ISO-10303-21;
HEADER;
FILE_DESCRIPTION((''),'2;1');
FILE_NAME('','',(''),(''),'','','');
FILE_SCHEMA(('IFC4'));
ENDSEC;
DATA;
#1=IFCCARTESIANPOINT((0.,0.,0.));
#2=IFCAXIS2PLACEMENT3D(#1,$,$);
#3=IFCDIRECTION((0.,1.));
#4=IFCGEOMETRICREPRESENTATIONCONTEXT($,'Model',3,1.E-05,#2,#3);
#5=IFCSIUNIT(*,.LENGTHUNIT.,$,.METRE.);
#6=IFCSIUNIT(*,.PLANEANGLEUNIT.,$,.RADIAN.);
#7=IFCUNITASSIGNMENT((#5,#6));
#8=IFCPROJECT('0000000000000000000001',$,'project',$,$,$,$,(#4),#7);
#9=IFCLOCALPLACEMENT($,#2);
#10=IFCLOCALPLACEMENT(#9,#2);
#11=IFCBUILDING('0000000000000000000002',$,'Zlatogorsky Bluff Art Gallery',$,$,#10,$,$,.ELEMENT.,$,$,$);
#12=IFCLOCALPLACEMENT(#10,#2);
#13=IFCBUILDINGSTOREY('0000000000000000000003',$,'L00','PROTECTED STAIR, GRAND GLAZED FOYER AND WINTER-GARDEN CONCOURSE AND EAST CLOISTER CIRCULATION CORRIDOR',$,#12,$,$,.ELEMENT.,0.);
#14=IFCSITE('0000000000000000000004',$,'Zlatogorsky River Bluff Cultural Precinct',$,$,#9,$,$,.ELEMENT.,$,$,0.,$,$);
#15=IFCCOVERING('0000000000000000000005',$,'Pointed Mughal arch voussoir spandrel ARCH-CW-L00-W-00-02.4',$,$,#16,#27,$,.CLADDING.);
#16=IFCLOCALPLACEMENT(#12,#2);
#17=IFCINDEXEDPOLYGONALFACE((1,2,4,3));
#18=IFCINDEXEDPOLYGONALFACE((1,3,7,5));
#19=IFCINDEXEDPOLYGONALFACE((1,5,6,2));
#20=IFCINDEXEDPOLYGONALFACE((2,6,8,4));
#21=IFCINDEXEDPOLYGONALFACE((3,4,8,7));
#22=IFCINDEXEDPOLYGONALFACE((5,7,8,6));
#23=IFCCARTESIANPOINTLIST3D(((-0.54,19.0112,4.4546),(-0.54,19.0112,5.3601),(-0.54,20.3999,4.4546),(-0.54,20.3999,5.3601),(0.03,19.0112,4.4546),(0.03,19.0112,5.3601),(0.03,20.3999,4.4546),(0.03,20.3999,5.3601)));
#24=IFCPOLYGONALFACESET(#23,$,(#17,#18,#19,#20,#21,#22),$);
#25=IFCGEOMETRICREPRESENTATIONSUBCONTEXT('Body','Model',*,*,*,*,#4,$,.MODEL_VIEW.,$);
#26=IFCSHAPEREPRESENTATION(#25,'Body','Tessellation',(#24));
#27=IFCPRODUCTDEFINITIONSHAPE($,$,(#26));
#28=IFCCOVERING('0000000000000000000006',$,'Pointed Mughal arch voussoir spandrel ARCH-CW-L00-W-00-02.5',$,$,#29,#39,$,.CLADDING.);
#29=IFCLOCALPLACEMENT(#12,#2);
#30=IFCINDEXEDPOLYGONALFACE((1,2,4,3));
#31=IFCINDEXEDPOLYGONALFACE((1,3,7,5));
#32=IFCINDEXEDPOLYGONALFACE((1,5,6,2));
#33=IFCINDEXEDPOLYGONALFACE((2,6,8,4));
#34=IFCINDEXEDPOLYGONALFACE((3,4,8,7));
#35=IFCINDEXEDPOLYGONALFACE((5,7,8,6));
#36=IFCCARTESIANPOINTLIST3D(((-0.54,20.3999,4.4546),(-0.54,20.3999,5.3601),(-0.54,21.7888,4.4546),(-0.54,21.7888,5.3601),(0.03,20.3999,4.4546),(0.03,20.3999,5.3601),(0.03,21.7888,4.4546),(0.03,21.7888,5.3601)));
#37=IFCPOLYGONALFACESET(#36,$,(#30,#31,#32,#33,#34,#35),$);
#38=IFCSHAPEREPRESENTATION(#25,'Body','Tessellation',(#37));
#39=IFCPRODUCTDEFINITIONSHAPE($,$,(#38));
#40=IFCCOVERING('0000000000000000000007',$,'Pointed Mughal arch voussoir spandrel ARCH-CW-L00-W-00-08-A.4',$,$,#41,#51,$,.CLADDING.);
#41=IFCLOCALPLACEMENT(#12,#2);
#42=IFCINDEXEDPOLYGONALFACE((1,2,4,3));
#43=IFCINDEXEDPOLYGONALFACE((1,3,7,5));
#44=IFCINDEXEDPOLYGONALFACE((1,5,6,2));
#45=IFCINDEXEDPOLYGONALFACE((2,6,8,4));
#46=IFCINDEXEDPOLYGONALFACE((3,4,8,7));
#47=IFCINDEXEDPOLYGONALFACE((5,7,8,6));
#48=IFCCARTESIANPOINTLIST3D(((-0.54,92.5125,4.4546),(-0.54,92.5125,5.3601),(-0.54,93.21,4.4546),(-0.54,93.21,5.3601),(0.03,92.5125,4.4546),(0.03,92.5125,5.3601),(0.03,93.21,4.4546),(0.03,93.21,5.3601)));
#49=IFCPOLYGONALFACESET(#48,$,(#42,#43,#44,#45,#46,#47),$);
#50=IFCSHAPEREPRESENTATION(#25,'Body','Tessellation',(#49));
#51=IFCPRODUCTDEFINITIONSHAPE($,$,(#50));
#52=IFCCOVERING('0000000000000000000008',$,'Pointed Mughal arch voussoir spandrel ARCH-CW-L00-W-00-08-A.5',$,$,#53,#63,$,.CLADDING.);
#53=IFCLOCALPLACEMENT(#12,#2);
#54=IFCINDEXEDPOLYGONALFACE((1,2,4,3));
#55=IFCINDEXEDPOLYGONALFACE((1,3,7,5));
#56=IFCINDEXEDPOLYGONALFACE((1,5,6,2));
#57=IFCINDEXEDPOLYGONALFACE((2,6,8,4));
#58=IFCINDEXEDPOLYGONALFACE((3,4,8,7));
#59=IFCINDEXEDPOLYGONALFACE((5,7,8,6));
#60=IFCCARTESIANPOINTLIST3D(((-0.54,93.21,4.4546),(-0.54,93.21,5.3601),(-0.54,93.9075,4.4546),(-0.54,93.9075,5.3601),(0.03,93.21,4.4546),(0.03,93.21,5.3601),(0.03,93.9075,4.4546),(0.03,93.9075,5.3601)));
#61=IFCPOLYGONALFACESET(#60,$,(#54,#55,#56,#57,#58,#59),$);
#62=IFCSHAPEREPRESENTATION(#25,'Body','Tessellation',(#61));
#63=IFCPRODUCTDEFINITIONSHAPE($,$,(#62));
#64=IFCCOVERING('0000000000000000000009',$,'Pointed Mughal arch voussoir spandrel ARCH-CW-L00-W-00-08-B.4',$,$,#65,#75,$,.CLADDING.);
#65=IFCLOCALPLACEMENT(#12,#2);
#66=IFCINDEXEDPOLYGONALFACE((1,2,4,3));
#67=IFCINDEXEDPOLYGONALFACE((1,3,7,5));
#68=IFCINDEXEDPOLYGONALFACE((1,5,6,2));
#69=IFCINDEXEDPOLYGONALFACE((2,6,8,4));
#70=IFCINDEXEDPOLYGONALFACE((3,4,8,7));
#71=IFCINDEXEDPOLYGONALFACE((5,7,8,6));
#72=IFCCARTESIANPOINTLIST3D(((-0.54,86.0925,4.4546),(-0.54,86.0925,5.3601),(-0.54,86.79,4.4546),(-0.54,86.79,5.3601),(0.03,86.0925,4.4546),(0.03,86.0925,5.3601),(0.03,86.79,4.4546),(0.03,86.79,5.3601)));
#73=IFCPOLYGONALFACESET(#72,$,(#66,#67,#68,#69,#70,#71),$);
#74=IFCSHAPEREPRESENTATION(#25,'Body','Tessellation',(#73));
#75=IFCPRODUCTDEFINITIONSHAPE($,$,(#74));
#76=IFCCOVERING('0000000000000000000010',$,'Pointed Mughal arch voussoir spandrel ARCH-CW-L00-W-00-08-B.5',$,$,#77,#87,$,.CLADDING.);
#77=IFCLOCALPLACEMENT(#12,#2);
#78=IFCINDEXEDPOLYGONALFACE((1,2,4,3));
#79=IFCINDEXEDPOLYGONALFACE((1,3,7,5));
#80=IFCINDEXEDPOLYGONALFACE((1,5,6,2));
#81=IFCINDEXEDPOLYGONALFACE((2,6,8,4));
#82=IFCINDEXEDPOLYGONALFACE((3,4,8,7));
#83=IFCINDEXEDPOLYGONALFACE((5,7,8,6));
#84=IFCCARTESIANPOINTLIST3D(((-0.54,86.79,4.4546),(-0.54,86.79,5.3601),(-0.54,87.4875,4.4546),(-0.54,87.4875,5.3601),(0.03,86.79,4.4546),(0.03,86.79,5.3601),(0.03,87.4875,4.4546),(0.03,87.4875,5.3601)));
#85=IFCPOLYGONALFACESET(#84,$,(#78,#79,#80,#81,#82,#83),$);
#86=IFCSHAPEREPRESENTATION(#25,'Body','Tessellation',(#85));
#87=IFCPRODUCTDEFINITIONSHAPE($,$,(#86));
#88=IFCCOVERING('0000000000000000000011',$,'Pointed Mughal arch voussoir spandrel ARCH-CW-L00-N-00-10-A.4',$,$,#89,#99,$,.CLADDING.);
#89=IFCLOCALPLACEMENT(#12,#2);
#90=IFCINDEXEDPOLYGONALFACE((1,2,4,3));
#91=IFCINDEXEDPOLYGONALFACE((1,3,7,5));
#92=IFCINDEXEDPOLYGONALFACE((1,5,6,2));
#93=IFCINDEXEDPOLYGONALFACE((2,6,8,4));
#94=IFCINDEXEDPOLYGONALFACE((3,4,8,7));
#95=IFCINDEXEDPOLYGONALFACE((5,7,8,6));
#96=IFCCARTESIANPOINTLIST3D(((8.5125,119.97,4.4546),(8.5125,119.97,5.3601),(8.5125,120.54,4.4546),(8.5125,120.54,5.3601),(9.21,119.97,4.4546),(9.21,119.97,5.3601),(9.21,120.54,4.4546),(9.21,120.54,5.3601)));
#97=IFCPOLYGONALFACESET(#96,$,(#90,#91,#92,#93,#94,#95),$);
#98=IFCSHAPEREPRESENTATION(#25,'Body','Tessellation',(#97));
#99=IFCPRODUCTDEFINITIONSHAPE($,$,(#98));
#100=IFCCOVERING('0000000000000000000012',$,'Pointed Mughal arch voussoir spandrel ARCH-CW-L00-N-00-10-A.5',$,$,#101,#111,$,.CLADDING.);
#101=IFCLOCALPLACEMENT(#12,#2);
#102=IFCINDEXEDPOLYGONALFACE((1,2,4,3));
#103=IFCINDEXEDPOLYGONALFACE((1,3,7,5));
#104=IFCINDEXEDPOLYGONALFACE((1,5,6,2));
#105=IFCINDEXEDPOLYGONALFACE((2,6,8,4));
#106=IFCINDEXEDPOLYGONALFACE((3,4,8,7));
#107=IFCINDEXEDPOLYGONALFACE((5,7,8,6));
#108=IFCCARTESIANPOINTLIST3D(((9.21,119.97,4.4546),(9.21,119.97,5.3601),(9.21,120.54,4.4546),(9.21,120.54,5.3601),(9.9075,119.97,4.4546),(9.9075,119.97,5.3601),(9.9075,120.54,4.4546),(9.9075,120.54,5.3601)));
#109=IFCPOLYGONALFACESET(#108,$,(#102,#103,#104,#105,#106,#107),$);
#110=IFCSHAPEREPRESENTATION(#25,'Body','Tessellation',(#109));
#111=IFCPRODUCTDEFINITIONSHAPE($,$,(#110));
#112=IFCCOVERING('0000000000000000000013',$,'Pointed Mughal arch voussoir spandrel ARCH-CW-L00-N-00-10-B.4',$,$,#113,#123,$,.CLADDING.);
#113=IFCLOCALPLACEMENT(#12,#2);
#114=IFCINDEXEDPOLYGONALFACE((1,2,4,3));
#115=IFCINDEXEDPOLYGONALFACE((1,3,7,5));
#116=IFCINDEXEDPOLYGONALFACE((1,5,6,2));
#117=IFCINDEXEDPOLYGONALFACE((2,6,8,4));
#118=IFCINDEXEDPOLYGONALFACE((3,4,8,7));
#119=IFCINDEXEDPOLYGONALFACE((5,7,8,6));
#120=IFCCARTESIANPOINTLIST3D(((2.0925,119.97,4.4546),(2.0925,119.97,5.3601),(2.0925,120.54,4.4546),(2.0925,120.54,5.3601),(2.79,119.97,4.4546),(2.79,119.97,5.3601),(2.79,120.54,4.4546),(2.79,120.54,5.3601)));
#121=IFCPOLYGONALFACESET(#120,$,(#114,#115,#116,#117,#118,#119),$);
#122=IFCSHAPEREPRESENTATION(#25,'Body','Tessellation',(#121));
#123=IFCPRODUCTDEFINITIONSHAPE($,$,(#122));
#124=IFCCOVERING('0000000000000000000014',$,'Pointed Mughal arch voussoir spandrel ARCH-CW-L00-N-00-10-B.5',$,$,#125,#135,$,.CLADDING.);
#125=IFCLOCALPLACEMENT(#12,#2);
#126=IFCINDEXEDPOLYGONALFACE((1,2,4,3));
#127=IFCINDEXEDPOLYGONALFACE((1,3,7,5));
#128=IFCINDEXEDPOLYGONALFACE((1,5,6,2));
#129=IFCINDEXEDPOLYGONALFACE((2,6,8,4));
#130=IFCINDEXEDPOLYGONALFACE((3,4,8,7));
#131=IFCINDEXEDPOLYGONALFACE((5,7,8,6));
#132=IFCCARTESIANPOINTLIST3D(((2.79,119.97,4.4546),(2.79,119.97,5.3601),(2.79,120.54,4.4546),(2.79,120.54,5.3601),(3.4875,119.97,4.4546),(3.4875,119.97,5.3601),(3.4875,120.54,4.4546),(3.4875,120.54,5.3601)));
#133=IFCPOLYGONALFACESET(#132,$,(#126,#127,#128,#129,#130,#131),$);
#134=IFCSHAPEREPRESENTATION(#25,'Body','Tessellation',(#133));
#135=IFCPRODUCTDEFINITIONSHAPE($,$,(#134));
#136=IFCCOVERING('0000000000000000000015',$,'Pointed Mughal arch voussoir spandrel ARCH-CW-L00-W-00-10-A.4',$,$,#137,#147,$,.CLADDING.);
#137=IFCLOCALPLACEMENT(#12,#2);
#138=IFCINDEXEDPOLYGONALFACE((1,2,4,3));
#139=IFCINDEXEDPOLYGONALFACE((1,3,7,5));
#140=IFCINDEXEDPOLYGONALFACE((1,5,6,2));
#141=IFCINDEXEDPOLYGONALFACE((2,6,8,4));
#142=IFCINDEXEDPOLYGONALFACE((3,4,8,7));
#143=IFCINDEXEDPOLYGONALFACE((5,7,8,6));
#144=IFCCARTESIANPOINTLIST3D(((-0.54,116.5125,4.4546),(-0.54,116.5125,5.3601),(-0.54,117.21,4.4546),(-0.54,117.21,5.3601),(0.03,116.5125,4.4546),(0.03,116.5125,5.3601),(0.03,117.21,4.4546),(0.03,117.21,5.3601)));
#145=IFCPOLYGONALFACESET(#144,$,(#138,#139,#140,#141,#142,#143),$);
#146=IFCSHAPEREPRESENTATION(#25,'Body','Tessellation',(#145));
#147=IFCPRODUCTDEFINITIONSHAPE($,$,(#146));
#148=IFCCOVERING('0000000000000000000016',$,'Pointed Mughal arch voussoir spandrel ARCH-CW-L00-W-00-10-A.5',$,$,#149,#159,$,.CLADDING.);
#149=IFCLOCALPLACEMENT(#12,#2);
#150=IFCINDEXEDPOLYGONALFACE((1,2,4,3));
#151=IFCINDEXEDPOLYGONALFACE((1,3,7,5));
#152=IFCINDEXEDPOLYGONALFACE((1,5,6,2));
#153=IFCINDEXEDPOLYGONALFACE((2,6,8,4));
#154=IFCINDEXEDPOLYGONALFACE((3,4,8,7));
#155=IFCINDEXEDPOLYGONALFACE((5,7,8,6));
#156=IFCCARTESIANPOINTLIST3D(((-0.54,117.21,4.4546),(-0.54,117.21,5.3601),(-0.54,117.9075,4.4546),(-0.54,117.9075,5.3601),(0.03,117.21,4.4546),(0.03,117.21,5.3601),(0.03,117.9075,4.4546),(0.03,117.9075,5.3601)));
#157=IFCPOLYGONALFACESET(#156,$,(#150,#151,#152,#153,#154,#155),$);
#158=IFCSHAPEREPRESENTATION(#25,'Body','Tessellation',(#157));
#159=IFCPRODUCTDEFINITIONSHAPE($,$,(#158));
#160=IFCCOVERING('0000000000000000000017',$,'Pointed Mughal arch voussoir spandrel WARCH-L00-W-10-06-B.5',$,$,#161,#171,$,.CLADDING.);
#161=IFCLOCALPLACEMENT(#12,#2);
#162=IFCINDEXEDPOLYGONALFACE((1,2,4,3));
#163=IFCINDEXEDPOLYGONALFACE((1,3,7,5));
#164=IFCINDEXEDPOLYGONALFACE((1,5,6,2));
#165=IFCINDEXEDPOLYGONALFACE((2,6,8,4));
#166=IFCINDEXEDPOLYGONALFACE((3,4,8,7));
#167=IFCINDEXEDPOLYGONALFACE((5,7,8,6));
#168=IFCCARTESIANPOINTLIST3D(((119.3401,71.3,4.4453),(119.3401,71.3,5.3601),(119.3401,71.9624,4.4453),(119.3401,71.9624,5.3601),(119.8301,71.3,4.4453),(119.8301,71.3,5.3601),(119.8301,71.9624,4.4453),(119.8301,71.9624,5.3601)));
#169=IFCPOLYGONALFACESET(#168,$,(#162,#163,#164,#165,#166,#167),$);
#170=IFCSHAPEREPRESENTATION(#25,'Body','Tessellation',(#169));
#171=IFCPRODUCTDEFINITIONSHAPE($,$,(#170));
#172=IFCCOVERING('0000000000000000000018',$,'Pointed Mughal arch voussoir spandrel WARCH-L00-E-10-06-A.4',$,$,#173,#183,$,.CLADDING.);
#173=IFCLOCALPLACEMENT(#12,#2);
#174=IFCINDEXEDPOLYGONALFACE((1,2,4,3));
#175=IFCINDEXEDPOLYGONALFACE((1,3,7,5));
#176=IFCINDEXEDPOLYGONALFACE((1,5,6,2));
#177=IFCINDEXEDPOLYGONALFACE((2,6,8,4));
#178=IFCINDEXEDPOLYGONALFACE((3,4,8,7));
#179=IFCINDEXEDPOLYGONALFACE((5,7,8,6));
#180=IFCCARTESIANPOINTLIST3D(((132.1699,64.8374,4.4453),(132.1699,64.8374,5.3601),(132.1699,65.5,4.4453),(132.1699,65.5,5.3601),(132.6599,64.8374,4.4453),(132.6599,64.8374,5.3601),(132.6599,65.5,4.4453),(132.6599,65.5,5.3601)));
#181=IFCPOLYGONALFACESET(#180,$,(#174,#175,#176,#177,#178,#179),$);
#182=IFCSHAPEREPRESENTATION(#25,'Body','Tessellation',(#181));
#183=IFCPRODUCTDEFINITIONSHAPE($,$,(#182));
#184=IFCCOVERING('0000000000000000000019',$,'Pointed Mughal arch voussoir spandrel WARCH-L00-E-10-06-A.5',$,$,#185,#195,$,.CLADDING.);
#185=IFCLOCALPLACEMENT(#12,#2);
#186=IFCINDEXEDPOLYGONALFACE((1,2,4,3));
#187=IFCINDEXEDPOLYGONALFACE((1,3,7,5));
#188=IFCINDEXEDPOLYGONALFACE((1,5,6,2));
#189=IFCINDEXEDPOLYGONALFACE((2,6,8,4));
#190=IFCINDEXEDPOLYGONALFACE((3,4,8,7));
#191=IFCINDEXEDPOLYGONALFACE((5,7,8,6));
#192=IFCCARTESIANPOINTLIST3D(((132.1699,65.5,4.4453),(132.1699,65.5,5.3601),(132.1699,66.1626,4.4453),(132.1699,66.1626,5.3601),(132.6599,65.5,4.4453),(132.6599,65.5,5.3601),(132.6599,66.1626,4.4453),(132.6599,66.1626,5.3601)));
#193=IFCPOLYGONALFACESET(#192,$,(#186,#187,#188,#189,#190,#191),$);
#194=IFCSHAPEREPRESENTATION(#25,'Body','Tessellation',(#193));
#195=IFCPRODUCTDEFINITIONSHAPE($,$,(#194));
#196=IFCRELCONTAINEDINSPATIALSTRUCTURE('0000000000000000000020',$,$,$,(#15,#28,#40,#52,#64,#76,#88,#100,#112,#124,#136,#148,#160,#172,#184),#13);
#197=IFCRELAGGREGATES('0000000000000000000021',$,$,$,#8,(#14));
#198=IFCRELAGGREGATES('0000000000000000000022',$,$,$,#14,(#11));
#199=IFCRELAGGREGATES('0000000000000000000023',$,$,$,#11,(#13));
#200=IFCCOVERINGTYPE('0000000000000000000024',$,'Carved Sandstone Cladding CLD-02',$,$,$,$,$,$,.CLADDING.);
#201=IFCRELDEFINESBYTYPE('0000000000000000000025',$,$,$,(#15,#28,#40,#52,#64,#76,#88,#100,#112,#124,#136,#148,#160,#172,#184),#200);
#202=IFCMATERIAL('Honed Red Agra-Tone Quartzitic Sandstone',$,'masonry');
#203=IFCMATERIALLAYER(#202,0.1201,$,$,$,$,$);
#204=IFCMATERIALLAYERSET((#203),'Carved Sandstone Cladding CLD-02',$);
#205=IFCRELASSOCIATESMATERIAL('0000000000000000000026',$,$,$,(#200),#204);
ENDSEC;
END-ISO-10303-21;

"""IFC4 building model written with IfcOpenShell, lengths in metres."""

from ifc_helpers import new_model, si_unit, direction, frame, origin, place, context, subcontext, project, spatial, polyline, outline, extrude, material, layer, layer_set, type_object, element, save


model = new_model("IFC4")

# Units and contexts
model_context = context("Model", 3, precision=1e-05, world=origin(), true_north=direction((0.0, 1.0)))
body_context = subcontext(model_context, "Body", "Model", "MODEL_VIEW")
ifc_project = project(units=[si_unit("LENGTHUNIT", "METRE"), si_unit("PLANEANGLEUNIT", "RADIAN")], contexts=[model_context])

# Site, building, storey
site_placement = place(None, origin())
site = spatial("IfcSite", under=ifc_project, at=site_placement, Name="Zlatogorsky River Bluff Cultural Precinct", CompositionType="ELEMENT", RefElevation=0.0)
building_placement = place(site_placement, origin())
building = spatial("IfcBuilding", under=site, at=building_placement, Name="Zlatogorsky Bluff Art Gallery", CompositionType="ELEMENT")
storey_placement = place(building_placement, origin())
storey = spatial("IfcBuildingStorey", under=building, at=storey_placement, Name="L00", Description="PROTECTED STAIR, GRAND GLAZED FOYER AND WINTER-GARDEN CONCOURSE AND EAST CLOISTER CIRCULATION CORRIDOR", CompositionType="ELEMENT", Elevation=0.0)

# Coverings
ifc_material = material(Name="Honed Red Agra-Tone Quartzitic Sandstone", Category="masonry")
ifc_layer = layer(ifc_material, 0.1201)
ifc_layer_set = layer_set([ifc_layer], Name="Carved Sandstone Cladding CLD-02")
covering_type = type_object("IfcCoveringType", Name="Carved Sandstone Cladding CLD-02", PredefinedType="CLADDING", material=ifc_layer_set)
covering_1_placement = place(storey_placement, frame((0.0, 0.0, 4.4546)))
element("IfcCovering", 1, at=covering_1_placement, inside=storey, type_object=covering_type, Name="Pointed Mughal arch voussoir spandrel ARCH-CW-L00-W-00-02.4", PredefinedType="CLADDING", context=body_context, shape_type="SweptSolid", body=[
    extrude(outline(polyline([(-0.54, 19.0112), (-0.54, 20.3999), (0.03, 20.3999), (0.03, 19.0112), (-0.54, 19.0112)])), origin(), (0.0, 0.0, 1.0), 0.9055),
])
covering_2_placement = place(storey_placement, frame((0.0, 0.0, 4.4546)))
element("IfcCovering", 2, at=covering_2_placement, inside=storey, type_object=covering_type, Name="Pointed Mughal arch voussoir spandrel ARCH-CW-L00-W-00-02.5", PredefinedType="CLADDING", context=body_context, shape_type="SweptSolid", body=[
    extrude(outline(polyline([(-0.54, 20.3999), (-0.54, 21.7888), (0.03, 21.7888), (0.03, 20.3999), (-0.54, 20.3999)])), origin(), (0.0, 0.0, 1.0), 0.9055),
])
covering_3_placement = place(storey_placement, frame((0.0, 0.0, 4.4546)))
element("IfcCovering", 3, at=covering_3_placement, inside=storey, type_object=covering_type, Name="Pointed Mughal arch voussoir spandrel ARCH-CW-L00-W-00-08-A.4", PredefinedType="CLADDING", context=body_context, shape_type="SweptSolid", body=[
    extrude(outline(polyline([(-0.54, 92.5125), (-0.54, 93.21), (0.03, 93.21), (0.03, 92.5125), (-0.54, 92.5125)])), origin(), (0.0, 0.0, 1.0), 0.9055),
])
covering_4_placement = place(storey_placement, frame((0.0, 0.0, 4.4546)))
element("IfcCovering", 4, at=covering_4_placement, inside=storey, type_object=covering_type, Name="Pointed Mughal arch voussoir spandrel ARCH-CW-L00-W-00-08-A.5", PredefinedType="CLADDING", context=body_context, shape_type="SweptSolid", body=[
    extrude(outline(polyline([(-0.54, 93.21), (-0.54, 93.9075), (0.03, 93.9075), (0.03, 93.21), (-0.54, 93.21)])), origin(), (0.0, 0.0, 1.0), 0.9055),
])
covering_5_placement = place(storey_placement, frame((0.0, 0.0, 4.4546)))
element("IfcCovering", 5, at=covering_5_placement, inside=storey, type_object=covering_type, Name="Pointed Mughal arch voussoir spandrel ARCH-CW-L00-W-00-08-B.4", PredefinedType="CLADDING", context=body_context, shape_type="SweptSolid", body=[
    extrude(outline(polyline([(-0.54, 86.0925), (-0.54, 86.79), (0.03, 86.79), (0.03, 86.0925), (-0.54, 86.0925)])), origin(), (0.0, 0.0, 1.0), 0.9055),
])
covering_6_placement = place(storey_placement, frame((0.0, 0.0, 4.4546)))
element("IfcCovering", 6, at=covering_6_placement, inside=storey, type_object=covering_type, Name="Pointed Mughal arch voussoir spandrel ARCH-CW-L00-W-00-08-B.5", PredefinedType="CLADDING", context=body_context, shape_type="SweptSolid", body=[
    extrude(outline(polyline([(-0.54, 86.79), (-0.54, 87.4875), (0.03, 87.4875), (0.03, 86.79), (-0.54, 86.79)])), origin(), (0.0, 0.0, 1.0), 0.9055),
])
covering_7_placement = place(storey_placement, frame((0.0, 0.0, 4.4546)))
element("IfcCovering", 7, at=covering_7_placement, inside=storey, type_object=covering_type, Name="Pointed Mughal arch voussoir spandrel ARCH-CW-L00-N-00-10-A.4", PredefinedType="CLADDING", context=body_context, shape_type="SweptSolid", body=[
    extrude(outline(polyline([(8.5125, 119.97), (9.21, 119.97), (9.21, 120.54), (8.5125, 120.54), (8.5125, 119.97)])), origin(), (0.0, 0.0, 1.0), 0.9055),
])
covering_8_placement = place(storey_placement, frame((0.0, 0.0, 4.4546)))
element("IfcCovering", 8, at=covering_8_placement, inside=storey, type_object=covering_type, Name="Pointed Mughal arch voussoir spandrel ARCH-CW-L00-N-00-10-A.5", PredefinedType="CLADDING", context=body_context, shape_type="SweptSolid", body=[
    extrude(outline(polyline([(9.21, 119.97), (9.9075, 119.97), (9.9075, 120.54), (9.21, 120.54), (9.21, 119.97)])), origin(), (0.0, 0.0, 1.0), 0.9055),
])
covering_9_placement = place(storey_placement, frame((0.0, 0.0, 4.4546)))
element("IfcCovering", 9, at=covering_9_placement, inside=storey, type_object=covering_type, Name="Pointed Mughal arch voussoir spandrel ARCH-CW-L00-N-00-10-B.4", PredefinedType="CLADDING", context=body_context, shape_type="SweptSolid", body=[
    extrude(outline(polyline([(2.0925, 119.97), (2.79, 119.97), (2.79, 120.54), (2.0925, 120.54), (2.0925, 119.97)])), origin(), (0.0, 0.0, 1.0), 0.9055),
])
covering_10_placement = place(storey_placement, frame((0.0, 0.0, 4.4546)))
element("IfcCovering", 10, at=covering_10_placement, inside=storey, type_object=covering_type, Name="Pointed Mughal arch voussoir spandrel ARCH-CW-L00-N-00-10-B.5", PredefinedType="CLADDING", context=body_context, shape_type="SweptSolid", body=[
    extrude(outline(polyline([(2.79, 119.97), (3.4875, 119.97), (3.4875, 120.54), (2.79, 120.54), (2.79, 119.97)])), origin(), (0.0, 0.0, 1.0), 0.9055),
])
covering_11_placement = place(storey_placement, frame((0.0, 0.0, 4.4546)))
element("IfcCovering", 11, at=covering_11_placement, inside=storey, type_object=covering_type, Name="Pointed Mughal arch voussoir spandrel ARCH-CW-L00-W-00-10-A.4", PredefinedType="CLADDING", context=body_context, shape_type="SweptSolid", body=[
    extrude(outline(polyline([(-0.54, 116.5125), (-0.54, 117.21), (0.03, 117.21), (0.03, 116.5125), (-0.54, 116.5125)])), origin(), (0.0, 0.0, 1.0), 0.9055),
])
covering_12_placement = place(storey_placement, frame((0.0, 0.0, 4.4546)))
element("IfcCovering", 12, at=covering_12_placement, inside=storey, type_object=covering_type, Name="Pointed Mughal arch voussoir spandrel ARCH-CW-L00-W-00-10-A.5", PredefinedType="CLADDING", context=body_context, shape_type="SweptSolid", body=[
    extrude(outline(polyline([(-0.54, 117.21), (-0.54, 117.9075), (0.03, 117.9075), (0.03, 117.21), (-0.54, 117.21)])), origin(), (0.0, 0.0, 1.0), 0.9055),
])
covering_13_placement = place(storey_placement, frame((0.0, 0.0, 4.4453)))
element("IfcCovering", 13, at=covering_13_placement, inside=storey, type_object=covering_type, Name="Pointed Mughal arch voussoir spandrel WARCH-L00-W-10-06-B.5", PredefinedType="CLADDING", context=body_context, shape_type="SweptSolid", body=[
    extrude(outline(polyline([(119.3401, 71.3), (119.3401, 71.9624), (119.8301, 71.9624), (119.8301, 71.3), (119.3401, 71.3)])), origin(), (0.0, 0.0, 1.0), 0.9148),
])
covering_14_placement = place(storey_placement, frame((0.0, 0.0, 4.4453)))
element("IfcCovering", 14, at=covering_14_placement, inside=storey, type_object=covering_type, Name="Pointed Mughal arch voussoir spandrel WARCH-L00-E-10-06-A.4", PredefinedType="CLADDING", context=body_context, shape_type="SweptSolid", body=[
    extrude(outline(polyline([(132.1699, 64.8374), (132.1699, 65.5), (132.6599, 65.5), (132.6599, 64.8374), (132.1699, 64.8374)])), origin(), (0.0, 0.0, 1.0), 0.9148),
])
covering_15_placement = place(storey_placement, frame((0.0, 0.0, 4.4453)))
element("IfcCovering", 15, at=covering_15_placement, inside=storey, type_object=covering_type, Name="Pointed Mughal arch voussoir spandrel WARCH-L00-E-10-06-A.5", PredefinedType="CLADDING", context=body_context, shape_type="SweptSolid", body=[
    extrude(outline(polyline([(132.1699, 65.5), (132.1699, 66.1626), (132.6599, 66.1626), (132.6599, 65.5), (132.1699, 65.5)])), origin(), (0.0, 0.0, 1.0), 0.9148),
])

save(model, "model.ifc")
